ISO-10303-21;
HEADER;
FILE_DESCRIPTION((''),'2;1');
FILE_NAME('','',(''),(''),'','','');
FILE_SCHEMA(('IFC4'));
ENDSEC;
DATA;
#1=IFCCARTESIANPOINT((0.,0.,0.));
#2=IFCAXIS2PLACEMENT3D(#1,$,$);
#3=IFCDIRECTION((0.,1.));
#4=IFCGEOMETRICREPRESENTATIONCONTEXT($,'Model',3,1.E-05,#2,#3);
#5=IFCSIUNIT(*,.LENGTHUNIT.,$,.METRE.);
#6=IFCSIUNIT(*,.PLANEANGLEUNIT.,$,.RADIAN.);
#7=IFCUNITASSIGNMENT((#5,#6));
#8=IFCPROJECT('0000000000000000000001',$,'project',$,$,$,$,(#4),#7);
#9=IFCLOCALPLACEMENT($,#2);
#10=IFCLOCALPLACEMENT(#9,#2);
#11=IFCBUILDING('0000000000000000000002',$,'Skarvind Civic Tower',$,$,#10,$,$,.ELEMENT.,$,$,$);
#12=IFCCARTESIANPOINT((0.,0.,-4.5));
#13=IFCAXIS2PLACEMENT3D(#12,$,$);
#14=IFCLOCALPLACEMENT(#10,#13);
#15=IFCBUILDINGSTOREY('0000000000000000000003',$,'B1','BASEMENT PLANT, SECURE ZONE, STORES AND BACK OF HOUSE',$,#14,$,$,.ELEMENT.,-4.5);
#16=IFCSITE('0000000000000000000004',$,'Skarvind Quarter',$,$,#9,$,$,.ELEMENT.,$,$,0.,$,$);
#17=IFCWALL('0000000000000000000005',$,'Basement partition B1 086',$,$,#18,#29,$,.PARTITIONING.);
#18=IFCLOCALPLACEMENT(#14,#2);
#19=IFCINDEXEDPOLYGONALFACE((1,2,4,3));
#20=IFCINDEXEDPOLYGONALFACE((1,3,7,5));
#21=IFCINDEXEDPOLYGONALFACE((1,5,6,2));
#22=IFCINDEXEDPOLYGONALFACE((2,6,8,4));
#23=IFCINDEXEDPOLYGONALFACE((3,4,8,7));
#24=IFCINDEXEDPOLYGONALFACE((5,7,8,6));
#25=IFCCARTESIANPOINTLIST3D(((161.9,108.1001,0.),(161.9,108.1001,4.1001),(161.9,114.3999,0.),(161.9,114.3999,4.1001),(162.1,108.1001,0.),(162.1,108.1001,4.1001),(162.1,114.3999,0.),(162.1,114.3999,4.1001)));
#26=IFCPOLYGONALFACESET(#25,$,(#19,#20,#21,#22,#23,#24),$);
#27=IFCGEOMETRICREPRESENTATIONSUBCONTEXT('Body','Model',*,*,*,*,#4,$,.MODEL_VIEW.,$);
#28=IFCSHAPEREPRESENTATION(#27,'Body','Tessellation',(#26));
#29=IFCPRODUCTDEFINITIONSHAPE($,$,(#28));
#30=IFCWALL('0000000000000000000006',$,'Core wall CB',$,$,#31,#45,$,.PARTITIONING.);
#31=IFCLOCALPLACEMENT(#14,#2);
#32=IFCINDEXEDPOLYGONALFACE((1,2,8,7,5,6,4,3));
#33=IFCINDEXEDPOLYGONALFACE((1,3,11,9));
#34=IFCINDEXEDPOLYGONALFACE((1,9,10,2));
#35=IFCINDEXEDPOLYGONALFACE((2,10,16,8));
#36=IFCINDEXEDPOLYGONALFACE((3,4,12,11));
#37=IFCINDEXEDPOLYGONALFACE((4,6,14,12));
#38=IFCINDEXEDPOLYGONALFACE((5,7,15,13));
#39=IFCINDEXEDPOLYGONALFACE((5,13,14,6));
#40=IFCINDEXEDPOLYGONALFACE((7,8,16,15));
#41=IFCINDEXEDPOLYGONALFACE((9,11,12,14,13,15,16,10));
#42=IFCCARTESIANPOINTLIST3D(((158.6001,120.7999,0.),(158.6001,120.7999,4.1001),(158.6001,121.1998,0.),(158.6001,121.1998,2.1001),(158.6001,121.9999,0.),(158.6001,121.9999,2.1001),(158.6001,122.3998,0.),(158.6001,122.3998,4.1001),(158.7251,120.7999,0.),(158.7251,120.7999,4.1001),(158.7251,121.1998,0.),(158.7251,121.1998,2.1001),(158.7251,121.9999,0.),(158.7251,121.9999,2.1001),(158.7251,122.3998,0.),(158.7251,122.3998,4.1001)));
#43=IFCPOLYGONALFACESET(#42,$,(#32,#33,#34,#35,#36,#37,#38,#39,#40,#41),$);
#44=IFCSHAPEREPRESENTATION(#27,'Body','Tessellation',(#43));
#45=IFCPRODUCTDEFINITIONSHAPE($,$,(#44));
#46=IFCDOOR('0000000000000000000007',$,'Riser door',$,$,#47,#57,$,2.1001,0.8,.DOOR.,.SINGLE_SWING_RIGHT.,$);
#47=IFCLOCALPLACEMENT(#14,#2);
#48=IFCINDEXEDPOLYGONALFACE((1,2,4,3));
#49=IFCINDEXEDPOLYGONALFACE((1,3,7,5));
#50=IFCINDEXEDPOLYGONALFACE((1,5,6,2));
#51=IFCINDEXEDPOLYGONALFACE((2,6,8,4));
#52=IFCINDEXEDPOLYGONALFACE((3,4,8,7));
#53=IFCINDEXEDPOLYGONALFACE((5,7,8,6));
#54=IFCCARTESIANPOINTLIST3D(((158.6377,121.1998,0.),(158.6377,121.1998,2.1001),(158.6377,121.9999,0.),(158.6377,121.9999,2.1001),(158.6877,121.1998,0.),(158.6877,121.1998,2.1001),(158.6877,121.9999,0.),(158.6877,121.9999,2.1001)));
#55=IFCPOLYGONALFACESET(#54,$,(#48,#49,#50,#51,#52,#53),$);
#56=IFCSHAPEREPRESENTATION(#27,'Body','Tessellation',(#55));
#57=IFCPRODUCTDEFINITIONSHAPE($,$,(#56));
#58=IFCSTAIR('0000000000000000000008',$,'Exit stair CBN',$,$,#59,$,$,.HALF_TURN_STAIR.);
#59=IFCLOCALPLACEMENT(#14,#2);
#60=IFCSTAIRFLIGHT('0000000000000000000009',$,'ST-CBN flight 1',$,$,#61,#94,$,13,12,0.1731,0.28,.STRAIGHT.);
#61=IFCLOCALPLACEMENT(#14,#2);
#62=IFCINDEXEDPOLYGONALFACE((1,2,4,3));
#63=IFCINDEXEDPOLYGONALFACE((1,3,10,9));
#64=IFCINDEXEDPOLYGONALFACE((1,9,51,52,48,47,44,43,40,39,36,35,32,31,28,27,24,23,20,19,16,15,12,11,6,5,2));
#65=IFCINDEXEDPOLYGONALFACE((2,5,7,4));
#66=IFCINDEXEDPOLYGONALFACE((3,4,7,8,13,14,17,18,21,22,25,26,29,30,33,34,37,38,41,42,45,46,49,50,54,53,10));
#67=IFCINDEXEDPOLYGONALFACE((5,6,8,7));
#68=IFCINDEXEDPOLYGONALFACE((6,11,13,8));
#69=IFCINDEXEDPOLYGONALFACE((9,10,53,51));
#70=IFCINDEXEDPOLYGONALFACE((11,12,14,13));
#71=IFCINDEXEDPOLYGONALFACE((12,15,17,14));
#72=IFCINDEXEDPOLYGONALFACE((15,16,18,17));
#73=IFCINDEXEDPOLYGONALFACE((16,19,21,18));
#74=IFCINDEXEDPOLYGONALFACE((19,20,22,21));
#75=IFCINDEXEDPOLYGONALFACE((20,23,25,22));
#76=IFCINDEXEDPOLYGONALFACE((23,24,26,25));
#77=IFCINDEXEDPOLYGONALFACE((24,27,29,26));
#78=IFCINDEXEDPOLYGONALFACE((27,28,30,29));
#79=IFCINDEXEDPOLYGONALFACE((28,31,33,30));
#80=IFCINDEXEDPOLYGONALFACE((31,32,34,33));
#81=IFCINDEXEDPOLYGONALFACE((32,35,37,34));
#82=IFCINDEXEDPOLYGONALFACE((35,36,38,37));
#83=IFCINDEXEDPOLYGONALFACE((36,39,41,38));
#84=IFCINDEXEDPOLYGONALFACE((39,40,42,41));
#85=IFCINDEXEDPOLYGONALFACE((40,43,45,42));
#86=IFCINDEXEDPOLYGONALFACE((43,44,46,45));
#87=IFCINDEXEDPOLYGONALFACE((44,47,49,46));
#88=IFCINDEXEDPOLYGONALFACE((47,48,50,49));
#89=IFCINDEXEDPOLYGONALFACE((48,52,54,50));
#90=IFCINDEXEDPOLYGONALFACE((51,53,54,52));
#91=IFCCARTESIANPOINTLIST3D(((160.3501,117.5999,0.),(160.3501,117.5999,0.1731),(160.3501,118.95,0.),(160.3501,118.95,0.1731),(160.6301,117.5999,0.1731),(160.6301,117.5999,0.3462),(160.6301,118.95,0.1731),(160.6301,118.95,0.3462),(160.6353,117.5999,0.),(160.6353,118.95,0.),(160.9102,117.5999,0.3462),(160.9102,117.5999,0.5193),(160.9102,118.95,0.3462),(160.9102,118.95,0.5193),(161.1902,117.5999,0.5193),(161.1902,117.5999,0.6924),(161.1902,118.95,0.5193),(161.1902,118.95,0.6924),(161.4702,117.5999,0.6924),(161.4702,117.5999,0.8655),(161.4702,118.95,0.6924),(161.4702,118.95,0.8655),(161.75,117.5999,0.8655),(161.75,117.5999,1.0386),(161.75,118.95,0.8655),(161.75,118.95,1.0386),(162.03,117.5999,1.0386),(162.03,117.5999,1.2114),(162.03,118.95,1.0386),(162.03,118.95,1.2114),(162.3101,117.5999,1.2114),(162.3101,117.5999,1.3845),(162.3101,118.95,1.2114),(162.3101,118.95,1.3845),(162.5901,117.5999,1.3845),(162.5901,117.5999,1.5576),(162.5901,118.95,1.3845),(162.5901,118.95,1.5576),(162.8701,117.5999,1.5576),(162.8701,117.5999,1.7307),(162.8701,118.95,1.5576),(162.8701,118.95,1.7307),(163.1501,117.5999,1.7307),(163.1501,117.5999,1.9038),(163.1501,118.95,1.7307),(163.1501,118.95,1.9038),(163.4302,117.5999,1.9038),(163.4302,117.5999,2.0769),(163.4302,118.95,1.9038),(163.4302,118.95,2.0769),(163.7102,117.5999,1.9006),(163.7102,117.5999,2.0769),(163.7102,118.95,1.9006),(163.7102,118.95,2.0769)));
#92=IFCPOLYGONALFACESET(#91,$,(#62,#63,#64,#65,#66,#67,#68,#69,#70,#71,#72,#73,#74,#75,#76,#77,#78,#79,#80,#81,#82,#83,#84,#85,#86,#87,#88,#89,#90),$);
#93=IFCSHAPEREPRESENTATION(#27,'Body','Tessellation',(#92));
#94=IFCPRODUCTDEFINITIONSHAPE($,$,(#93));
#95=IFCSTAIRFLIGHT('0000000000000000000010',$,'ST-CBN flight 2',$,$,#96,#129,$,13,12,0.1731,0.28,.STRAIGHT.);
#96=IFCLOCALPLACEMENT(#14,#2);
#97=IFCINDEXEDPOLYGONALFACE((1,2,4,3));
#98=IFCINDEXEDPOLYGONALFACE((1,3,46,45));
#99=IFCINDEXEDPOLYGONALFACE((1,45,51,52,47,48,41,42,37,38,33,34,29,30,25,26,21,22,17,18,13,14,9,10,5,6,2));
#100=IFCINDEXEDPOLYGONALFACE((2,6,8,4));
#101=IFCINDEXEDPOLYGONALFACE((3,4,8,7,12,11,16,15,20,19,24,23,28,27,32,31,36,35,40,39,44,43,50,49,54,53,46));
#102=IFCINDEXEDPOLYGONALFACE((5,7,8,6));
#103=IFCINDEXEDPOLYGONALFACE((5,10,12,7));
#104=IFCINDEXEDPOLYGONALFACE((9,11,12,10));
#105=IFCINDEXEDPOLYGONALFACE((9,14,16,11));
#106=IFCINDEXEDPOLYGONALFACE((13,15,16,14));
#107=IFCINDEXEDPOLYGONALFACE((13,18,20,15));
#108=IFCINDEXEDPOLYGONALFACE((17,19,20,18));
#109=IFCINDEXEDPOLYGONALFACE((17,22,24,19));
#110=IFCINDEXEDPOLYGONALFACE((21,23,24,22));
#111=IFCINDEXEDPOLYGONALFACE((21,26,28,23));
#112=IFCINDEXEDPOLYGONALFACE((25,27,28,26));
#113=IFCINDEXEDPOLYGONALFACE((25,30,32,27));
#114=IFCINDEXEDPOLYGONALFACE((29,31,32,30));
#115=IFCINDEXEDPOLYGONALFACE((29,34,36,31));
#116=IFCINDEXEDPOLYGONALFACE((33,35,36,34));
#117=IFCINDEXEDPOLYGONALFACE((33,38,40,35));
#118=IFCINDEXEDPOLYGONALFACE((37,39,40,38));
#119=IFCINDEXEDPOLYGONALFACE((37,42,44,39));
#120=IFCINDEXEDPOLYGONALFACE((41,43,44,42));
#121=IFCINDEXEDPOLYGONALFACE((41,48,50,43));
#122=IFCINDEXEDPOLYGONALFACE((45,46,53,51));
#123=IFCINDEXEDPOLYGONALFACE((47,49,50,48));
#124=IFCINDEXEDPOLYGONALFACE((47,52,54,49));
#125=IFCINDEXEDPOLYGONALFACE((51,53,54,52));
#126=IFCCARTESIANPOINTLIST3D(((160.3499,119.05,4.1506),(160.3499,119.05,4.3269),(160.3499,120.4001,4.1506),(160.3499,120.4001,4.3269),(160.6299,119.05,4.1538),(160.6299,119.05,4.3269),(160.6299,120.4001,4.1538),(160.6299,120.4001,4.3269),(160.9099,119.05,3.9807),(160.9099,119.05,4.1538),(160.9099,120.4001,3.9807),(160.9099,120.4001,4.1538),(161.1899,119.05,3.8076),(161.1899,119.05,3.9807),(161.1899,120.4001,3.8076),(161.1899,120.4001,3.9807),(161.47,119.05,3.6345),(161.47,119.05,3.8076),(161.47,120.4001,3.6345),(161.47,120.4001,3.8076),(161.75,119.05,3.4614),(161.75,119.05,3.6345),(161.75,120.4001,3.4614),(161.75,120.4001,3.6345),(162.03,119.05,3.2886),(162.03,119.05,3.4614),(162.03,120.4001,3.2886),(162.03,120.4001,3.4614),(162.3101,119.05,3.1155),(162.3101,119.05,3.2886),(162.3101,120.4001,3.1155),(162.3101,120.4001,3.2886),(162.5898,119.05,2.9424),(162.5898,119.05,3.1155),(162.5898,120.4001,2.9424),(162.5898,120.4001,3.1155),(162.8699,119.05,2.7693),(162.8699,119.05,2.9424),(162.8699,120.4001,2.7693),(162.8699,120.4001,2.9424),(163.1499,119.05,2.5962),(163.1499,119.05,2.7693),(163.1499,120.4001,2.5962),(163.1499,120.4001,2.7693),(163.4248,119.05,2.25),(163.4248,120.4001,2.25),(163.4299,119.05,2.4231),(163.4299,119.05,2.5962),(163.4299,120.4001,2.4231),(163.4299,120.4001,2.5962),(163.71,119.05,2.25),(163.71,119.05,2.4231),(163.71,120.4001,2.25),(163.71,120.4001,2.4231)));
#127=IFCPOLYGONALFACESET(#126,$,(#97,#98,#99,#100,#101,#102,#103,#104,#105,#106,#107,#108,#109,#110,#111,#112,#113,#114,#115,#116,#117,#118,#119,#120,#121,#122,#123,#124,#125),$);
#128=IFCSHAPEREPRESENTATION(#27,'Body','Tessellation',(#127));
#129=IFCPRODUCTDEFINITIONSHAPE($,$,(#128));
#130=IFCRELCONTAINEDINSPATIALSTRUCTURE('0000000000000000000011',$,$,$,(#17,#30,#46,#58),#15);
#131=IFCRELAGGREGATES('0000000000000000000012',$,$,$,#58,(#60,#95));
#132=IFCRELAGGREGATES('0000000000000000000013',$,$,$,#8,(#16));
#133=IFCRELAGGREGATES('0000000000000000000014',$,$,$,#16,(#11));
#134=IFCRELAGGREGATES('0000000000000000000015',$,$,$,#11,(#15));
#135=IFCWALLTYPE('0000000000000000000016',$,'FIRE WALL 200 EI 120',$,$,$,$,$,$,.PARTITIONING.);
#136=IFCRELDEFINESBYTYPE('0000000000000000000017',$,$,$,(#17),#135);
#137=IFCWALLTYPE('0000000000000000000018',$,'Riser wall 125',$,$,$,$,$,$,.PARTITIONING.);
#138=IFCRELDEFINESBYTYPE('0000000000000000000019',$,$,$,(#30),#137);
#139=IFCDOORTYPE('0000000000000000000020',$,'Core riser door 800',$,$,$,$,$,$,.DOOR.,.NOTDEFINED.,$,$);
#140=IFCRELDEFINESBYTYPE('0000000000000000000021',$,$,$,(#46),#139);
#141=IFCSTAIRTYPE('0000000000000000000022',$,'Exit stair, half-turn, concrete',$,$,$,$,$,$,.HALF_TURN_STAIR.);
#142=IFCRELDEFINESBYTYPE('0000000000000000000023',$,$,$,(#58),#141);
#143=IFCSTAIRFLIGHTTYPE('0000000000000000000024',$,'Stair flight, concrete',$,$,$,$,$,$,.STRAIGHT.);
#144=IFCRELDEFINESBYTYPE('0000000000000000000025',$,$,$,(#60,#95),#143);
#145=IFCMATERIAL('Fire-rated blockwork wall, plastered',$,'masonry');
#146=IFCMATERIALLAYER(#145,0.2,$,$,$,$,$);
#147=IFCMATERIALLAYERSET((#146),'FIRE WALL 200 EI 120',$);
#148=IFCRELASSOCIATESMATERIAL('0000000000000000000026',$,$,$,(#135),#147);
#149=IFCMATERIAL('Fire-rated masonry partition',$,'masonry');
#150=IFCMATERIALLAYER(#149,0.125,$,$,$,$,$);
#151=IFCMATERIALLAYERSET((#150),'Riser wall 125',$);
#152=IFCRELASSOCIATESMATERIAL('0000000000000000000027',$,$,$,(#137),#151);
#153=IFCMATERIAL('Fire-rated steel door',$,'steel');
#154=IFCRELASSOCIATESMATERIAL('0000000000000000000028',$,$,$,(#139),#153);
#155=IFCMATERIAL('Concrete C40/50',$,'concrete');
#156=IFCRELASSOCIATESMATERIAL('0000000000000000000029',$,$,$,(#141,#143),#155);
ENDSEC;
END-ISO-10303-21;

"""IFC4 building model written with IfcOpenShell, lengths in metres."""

from ifc_helpers import new_model, si_unit, direction, frame, frame_2d, origin, place, context, subcontext, project, spatial, polyline, rectangle, outline, extrude, material, layer, layer_set, type_object, element, fill, aggregate, save


model = new_model("IFC4")

# Units and contexts
model_context = context("Model", 3, precision=1e-05, world=origin(), true_north=direction((0.0, 1.0)))
body_context = subcontext(model_context, "Body", "Model", "MODEL_VIEW")
ifc_project = project(units=[si_unit("LENGTHUNIT", "METRE"), si_unit("PLANEANGLEUNIT", "RADIAN")], contexts=[model_context])

# Site, building, storey
site_placement = place(None, origin())
site = spatial("IfcSite", under=ifc_project, at=site_placement, Name="Skarvind Quarter", CompositionType="ELEMENT", RefElevation=0.0)
building_placement = place(site_placement, origin())
building = spatial("IfcBuilding", under=site, at=building_placement, Name="Skarvind Civic Tower", CompositionType="ELEMENT")
storey_placement = place(building_placement, frame((0.0, 0.0, -4.5)))
storey = spatial("IfcBuildingStorey", under=building, at=storey_placement, Name="B1", Description="BASEMENT PLANT, SECURE ZONE, STORES AND BACK OF HOUSE", CompositionType="ELEMENT", Elevation=-4.5)

# Shared definitions
ifc_material_1 = material(Name="Fire-rated masonry partition", Category="masonry")
ifc_material_2 = material(Name="Fire-rated steel door", Category="steel")

# Wall
ifc_material_3 = material(Name="Fire-rated blockwork wall, plastered", Category="masonry")
ifc_layer_1 = layer(ifc_material_3, 0.2)
ifc_layer_set_1 = layer_set([ifc_layer_1], Name="FIRE WALL 200 EI 120")
wall_type_1 = type_object("IfcWallType", Name="FIRE WALL 200 EI 120", PredefinedType="PARTITIONING", material=ifc_layer_set_1)
wall_1_placement = place(storey_placement, frame((162.0, 108.1001, 0.0), z_axis=(0.0, 0.0, 1.0), x_axis=(0.0, 1.0, 0.0)))
element("IfcWall", 1, at=wall_1_placement, inside=storey, type_object=wall_type_1, Name="Basement partition B1 086", PredefinedType="PARTITIONING", context=body_context, shape_type="SweptSolid", body=[
    extrude(rectangle(XDim=6.2998, YDim=0.2, at=frame_2d((3.1499, 0.0))), origin(), (0.0, 0.0, 1.0), 4.1001),
])

# Wall, opening, door
ifc_layer_2 = layer(ifc_material_1, 0.125)
ifc_layer_set_2 = layer_set([ifc_layer_2], Name="Riser wall 125")
wall_type_2 = type_object("IfcWallType", Name="Riser wall 125", PredefinedType="PARTITIONING", material=ifc_layer_set_2)
wall_2_placement = place(storey_placement, frame((158.6626, 120.8, 0.0), z_axis=(0.0, 0.0, 1.0), x_axis=(0.0, 1.0, 0.0)))
wall_2 = element("IfcWall", 2, at=wall_2_placement, inside=storey, type_object=wall_type_2, Name="Core wall CB", PredefinedType="PARTITIONING", context=body_context, shape_type="SweptSolid", body=[
    extrude(rectangle(XDim=1.5999, YDim=0.125, at=frame_2d((0.7998, 0.0))), origin(), (0.0, 0.0, 1.0), 4.1001),
])
opening_1_placement = place(wall_2_placement, frame((0.3999, 0.0, 0.0)))
opening_1 = element("IfcOpeningElement", 3, at=opening_1_placement, cuts=wall_2, PredefinedType="OPENING", context=body_context, shape_type="SweptSolid", body=[
    extrude(rectangle(XDim=0.8, YDim=2.1001, at=frame_2d((0.3999, 1.05))), frame((0.0, 0.0725, 0.0), z_axis=(0.0, -1.0, 0.0), x_axis=(1.0, 0.0, 0.0)), (0.0, 0.0, 1.0), 0.145),
])
door_type_1 = type_object("IfcDoorType", Name="Core riser door 800", OperationType="NOTDEFINED", PredefinedType="DOOR", material=ifc_material_2)
door_1_placement = place(opening_1_placement, origin())
door_1 = element("IfcDoor", 4, at=door_1_placement, inside=storey, type_object=door_type_1, Name="Riser door", OperationType="SINGLE_SWING_RIGHT", OverallHeight=2.1001, OverallWidth=0.8, PredefinedType="DOOR", context=body_context, shape_type="SweptSolid", body=[
    extrude(rectangle(XDim=0.8, YDim=2.1001, at=frame_2d((0.3999, 1.05))), frame((0.0, 0.0249, 0.0), z_axis=(0.0, -1.0, 0.0), x_axis=(1.0, 0.0, 0.0)), (0.0, 0.0, 1.0), 0.05),
])
fill(opening_1, door_1)

# Stair, stair flights
ifc_material_4 = material(Name="Concrete C40/50", Category="concrete")
stair_type = type_object("IfcStairType", Name="Exit stair, half-turn, concrete", PredefinedType="HALF_TURN_STAIR", material=ifc_material_4)
stair_placement = place(storey_placement, origin())
stair = element("IfcStair", 5, at=stair_placement, inside=storey, type_object=stair_type, Name="Exit stair CBN", PredefinedType="HALF_TURN_STAIR")
stair_flight_type = type_object("IfcStairFlightType", Name="Stair flight, concrete", PredefinedType="STRAIGHT", material=ifc_material_4)
stair_flight_1_placement = place(storey_placement, frame((160.3501, 118.2749, 0.0), z_axis=(0.0, 0.0, 1.0), x_axis=(1.0, 0.0, 0.0)))
stair_flight_1 = element("IfcStairFlight", 6, at=stair_flight_1_placement, type_object=stair_flight_type, Name="ST-CBN flight 1", NumberOfRisers=13, NumberOfTreads=12, PredefinedType="STRAIGHT", RiserHeight=0.1731, TreadLength=0.28, context=body_context, shape_type="SweptSolid", body=[
    extrude(outline(polyline([(0.0, 0.0), (0.0, 0.1731), (0.28, 0.1731), (0.28, 0.3462), (0.5601, 0.3462), (0.5601, 0.5193), (0.8401, 0.5193), (0.8401, 0.6924), (1.1201, 0.6924), (1.1201, 0.8655), (1.3999, 0.8655), (1.3999, 1.0386), (1.6799, 1.0386), (1.6799, 1.2114), (1.96, 1.2114), (1.96, 1.3845), (2.24, 1.3845), (2.24, 1.5576), (2.52, 1.5576), (2.52, 1.7307), (2.8, 1.7307), (2.8, 1.9038), (3.0801, 1.9038), (3.0801, 2.0769), (3.3601, 2.0769), (3.3601, 2.25), (3.3601, 1.9006), (0.2852, 0.0), (0.0, 0.0)])), frame((0.0, 0.675, 0.0), z_axis=(0.0, -1.0, 0.0), x_axis=(1.0, 0.0, 0.0)), (0.0, 0.0, 1.0), 1.3501),
])
stair_flight_2_placement = place(storey_placement, frame((163.71, 119.7251, 2.25), z_axis=(0.0, 0.0, 1.0), x_axis=(-1.0, 0.0, 0.0)))
stair_flight_2 = element("IfcStairFlight", 7, at=stair_flight_2_placement, type_object=stair_flight_type, Name="ST-CBN flight 2", NumberOfRisers=13, NumberOfTreads=12, PredefinedType="STRAIGHT", RiserHeight=0.1731, TreadLength=0.28, context=body_context, shape_type="SweptSolid", body=[
    extrude(outline(polyline([(0.0, 0.0), (0.0, 0.1731), (0.28, 0.1731), (0.28, 0.3462), (0.5601, 0.3462), (0.5601, 0.5193), (0.8401, 0.5193), (0.8401, 0.6924), (1.1201, 0.6924), (1.1201, 0.8655), (1.3999, 0.8655), (1.3999, 1.0386), (1.6799, 1.0386), (1.6799, 1.2114), (1.96, 1.2114), (1.96, 1.3845), (2.24, 1.3845), (2.24, 1.5576), (2.52, 1.5576), (2.52, 1.7307), (2.8, 1.7307), (2.8, 1.9038), (3.0801, 1.9038), (3.0801, 2.0769), (3.3601, 2.0769), (3.3601, 2.25), (3.3601, 1.9006), (0.2852, 0.0), (0.0, 0.0)])), frame((0.0, 0.675, 0.0), z_axis=(0.0, -1.0, 0.0), x_axis=(1.0, 0.0, 0.0)), (0.0, 0.0, 1.0), 1.3501),
])
aggregate(stair, [stair_flight_1, stair_flight_2])

save(model, "model.ifc")
